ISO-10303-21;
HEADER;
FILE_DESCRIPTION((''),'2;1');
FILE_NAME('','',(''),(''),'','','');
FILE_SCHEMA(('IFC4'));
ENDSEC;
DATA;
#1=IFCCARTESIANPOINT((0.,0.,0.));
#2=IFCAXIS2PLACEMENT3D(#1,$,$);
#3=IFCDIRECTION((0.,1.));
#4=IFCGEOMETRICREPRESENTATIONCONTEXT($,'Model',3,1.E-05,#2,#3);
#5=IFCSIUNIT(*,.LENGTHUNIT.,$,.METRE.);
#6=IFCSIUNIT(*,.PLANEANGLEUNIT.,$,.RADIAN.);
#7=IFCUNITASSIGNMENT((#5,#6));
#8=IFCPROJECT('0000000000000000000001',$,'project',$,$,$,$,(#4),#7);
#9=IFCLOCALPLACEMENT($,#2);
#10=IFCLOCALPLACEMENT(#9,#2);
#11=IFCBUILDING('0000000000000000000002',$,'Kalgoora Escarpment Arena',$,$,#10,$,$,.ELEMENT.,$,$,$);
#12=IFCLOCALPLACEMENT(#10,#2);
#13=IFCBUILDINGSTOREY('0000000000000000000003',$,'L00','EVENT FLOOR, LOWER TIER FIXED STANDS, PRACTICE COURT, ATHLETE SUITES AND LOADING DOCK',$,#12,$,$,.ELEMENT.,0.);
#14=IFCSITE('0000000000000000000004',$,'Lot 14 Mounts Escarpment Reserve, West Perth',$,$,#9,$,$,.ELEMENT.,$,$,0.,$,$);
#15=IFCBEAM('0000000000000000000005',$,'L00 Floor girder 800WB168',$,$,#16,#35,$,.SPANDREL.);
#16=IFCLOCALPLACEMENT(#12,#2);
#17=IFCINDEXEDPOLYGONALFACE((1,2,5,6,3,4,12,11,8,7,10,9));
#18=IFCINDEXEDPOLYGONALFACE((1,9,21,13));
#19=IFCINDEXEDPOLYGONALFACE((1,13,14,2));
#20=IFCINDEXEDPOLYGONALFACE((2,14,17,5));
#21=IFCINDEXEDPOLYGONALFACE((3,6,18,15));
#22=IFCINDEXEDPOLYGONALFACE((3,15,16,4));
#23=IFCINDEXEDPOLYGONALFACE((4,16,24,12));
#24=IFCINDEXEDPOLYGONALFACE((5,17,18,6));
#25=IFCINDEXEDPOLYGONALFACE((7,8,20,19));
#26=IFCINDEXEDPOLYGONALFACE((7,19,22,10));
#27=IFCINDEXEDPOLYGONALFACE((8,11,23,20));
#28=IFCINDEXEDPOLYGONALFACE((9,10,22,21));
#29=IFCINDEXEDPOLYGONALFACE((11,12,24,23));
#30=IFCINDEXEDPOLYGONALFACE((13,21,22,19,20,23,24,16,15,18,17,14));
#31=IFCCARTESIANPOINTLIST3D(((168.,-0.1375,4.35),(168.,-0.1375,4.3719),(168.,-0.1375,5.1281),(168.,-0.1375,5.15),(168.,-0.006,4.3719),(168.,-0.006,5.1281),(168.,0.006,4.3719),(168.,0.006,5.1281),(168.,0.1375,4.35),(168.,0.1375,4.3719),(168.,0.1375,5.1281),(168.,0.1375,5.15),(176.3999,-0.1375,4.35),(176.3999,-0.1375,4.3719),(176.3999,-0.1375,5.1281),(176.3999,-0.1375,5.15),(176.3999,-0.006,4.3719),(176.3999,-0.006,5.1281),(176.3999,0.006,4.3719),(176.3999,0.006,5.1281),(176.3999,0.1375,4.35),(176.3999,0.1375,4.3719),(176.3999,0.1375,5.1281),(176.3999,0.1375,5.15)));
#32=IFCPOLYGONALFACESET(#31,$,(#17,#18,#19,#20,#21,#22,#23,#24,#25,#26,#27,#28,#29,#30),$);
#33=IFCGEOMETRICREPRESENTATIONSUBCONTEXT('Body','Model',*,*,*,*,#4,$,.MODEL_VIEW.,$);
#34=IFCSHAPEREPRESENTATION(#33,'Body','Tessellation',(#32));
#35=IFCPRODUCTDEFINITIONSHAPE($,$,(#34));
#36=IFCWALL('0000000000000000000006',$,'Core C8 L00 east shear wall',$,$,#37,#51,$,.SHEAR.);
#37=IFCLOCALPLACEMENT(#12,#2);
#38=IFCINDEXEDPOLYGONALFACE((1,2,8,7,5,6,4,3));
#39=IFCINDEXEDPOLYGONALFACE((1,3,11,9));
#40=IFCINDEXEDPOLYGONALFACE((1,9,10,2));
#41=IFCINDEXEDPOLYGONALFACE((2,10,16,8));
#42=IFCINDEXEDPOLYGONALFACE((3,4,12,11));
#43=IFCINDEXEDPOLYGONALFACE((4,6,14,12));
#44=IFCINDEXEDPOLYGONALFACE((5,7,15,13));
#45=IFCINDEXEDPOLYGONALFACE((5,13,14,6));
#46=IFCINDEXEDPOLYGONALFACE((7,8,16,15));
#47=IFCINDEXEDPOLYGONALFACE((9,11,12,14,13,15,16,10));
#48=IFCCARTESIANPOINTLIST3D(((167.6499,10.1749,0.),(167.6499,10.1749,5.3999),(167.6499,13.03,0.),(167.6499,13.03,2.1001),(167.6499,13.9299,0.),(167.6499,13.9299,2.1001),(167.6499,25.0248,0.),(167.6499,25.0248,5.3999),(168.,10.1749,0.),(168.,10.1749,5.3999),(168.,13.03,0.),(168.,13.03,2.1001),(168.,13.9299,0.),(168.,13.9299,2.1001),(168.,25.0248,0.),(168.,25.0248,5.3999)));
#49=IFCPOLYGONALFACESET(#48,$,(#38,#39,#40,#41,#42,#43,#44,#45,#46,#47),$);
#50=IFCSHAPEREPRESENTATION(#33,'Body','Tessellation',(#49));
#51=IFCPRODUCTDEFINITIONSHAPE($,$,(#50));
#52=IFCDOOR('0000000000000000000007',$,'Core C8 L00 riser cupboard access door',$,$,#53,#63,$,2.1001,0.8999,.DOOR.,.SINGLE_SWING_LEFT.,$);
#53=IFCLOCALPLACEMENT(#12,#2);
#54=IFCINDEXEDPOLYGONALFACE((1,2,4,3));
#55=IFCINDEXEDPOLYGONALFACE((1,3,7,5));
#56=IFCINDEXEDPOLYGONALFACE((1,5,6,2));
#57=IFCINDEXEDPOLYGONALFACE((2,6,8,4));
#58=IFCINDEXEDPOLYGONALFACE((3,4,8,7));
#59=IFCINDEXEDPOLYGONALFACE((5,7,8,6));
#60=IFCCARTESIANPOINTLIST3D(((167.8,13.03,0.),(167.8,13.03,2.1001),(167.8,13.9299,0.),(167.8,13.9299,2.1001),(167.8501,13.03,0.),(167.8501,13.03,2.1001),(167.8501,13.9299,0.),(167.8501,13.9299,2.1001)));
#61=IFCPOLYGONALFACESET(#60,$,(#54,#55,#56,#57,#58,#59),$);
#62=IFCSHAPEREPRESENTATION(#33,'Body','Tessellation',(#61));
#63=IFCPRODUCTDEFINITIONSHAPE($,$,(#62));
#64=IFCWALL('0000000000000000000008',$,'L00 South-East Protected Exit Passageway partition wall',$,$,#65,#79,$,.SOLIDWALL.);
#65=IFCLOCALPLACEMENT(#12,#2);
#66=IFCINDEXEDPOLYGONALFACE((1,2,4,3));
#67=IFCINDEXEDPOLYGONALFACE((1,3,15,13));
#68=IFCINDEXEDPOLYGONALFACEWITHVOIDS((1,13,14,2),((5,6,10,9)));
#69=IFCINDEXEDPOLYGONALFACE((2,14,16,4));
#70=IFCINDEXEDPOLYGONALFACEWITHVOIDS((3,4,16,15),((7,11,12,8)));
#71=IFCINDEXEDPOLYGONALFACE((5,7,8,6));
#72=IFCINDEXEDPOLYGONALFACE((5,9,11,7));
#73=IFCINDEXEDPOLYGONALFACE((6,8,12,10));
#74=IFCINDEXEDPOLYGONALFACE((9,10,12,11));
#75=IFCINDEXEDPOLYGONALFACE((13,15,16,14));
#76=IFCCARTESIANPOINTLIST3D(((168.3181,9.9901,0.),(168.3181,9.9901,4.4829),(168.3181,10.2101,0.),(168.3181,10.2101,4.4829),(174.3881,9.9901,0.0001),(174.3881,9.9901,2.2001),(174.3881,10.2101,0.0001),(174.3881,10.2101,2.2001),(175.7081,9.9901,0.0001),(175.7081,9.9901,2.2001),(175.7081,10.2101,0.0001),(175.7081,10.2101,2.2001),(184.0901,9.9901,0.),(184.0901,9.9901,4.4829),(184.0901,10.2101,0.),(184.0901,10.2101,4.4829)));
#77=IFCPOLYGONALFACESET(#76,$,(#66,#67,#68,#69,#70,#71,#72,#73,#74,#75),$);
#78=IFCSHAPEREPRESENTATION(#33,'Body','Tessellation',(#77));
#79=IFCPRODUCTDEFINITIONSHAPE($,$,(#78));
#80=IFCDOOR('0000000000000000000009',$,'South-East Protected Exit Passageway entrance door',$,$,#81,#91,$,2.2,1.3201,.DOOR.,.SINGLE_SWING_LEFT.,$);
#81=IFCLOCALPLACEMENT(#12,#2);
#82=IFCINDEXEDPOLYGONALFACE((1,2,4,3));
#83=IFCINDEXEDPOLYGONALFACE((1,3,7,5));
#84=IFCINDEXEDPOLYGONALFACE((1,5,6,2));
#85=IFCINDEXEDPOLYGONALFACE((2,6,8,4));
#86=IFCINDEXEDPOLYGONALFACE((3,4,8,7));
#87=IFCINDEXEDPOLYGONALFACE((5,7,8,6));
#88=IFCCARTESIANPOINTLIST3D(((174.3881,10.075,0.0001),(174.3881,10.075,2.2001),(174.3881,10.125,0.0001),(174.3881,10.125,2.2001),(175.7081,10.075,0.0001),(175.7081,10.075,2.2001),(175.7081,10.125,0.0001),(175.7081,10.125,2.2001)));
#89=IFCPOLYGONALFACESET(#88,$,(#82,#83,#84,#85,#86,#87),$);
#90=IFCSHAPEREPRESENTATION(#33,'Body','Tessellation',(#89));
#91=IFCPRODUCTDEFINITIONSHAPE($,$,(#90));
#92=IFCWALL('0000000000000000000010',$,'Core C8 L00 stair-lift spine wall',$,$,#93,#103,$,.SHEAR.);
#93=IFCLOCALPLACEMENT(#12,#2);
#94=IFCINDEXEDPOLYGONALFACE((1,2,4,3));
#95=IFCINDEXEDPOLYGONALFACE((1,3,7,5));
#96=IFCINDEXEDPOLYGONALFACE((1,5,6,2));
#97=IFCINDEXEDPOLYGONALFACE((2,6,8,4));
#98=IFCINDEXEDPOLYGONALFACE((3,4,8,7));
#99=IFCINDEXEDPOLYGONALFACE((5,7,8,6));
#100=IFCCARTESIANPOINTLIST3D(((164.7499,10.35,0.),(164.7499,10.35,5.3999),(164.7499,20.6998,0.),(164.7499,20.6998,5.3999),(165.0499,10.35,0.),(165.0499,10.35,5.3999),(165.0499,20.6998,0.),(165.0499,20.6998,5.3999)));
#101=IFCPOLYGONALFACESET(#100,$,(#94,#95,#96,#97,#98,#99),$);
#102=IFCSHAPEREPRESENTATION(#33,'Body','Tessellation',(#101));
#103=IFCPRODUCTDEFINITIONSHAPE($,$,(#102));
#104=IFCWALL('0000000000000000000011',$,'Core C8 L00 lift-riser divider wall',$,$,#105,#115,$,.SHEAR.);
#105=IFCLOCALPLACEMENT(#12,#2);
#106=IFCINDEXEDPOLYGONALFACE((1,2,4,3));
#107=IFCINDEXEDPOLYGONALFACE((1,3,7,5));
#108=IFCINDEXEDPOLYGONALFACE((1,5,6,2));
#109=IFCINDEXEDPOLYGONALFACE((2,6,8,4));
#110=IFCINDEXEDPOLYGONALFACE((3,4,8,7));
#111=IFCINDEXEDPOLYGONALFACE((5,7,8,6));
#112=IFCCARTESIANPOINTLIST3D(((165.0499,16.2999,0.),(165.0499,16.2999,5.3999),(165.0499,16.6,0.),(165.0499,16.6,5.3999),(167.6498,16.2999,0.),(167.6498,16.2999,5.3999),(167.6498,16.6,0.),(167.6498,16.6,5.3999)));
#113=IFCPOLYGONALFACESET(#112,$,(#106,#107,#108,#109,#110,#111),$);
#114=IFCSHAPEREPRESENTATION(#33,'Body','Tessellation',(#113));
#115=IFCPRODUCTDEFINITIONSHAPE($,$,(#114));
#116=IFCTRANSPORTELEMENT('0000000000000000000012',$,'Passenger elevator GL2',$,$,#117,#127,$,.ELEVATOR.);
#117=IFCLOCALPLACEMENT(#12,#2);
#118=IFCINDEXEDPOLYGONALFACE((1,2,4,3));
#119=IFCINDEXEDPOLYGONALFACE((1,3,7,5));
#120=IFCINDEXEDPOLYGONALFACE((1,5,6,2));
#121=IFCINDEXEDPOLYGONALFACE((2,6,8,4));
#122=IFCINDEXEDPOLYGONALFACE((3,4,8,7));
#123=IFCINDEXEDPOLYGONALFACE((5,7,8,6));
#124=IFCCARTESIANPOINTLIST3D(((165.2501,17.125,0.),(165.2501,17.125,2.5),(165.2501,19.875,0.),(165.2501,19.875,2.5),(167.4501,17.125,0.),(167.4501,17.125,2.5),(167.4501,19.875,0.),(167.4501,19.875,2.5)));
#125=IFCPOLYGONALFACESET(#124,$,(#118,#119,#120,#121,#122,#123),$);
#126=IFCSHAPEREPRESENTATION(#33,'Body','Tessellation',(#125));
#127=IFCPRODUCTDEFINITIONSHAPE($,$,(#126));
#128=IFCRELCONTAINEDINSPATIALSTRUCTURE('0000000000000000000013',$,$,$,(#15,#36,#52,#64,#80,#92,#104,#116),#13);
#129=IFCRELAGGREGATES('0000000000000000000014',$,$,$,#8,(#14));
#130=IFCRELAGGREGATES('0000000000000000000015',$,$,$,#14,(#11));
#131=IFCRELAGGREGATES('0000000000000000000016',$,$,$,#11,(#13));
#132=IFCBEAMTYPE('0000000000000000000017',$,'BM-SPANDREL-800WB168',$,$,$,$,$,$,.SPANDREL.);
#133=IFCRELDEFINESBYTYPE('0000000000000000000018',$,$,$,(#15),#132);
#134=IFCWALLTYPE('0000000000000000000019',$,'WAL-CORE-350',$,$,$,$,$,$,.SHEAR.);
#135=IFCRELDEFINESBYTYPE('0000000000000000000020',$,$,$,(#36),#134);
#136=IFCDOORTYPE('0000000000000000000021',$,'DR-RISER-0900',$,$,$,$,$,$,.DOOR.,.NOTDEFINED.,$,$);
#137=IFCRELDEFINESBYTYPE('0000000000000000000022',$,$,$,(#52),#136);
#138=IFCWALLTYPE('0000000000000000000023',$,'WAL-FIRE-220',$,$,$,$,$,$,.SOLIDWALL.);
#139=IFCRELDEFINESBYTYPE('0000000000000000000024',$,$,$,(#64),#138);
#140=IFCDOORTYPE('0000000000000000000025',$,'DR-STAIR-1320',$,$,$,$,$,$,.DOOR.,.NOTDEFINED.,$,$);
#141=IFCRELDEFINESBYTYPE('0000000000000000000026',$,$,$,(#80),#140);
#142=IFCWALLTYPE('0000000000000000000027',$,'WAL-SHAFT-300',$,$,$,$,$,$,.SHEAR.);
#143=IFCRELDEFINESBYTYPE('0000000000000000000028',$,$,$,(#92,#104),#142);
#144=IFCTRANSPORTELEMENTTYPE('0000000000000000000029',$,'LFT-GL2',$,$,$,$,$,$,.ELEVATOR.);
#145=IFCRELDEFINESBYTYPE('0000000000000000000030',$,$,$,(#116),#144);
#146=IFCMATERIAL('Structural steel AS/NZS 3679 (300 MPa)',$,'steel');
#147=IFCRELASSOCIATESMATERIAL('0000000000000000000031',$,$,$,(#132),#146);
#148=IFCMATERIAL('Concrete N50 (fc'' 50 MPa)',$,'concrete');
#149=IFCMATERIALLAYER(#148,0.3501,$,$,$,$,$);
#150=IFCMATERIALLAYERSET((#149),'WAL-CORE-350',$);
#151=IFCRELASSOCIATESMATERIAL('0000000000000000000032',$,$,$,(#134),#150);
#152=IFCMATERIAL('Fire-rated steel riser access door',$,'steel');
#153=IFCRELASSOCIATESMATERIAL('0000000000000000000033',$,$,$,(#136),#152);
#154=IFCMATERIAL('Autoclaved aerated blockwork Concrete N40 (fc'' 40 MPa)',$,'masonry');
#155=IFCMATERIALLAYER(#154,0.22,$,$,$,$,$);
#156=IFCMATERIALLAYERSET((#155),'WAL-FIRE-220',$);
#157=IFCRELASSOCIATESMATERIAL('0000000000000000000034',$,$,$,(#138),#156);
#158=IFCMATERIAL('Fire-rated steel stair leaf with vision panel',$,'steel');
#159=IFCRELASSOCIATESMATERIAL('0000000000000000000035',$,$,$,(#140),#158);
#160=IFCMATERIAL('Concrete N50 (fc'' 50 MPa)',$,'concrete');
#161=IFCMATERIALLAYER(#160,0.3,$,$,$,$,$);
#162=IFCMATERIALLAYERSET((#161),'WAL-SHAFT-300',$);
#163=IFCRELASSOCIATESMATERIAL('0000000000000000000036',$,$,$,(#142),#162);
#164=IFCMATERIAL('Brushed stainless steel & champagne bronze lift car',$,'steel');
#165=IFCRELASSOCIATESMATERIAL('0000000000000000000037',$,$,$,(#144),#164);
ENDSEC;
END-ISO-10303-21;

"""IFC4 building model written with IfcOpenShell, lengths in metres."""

from ifc_helpers import new_model, si_unit, direction, frame, frame_2d, origin, origin_2d, place, context, subcontext, project, spatial, rectangle, i_section, extrude, material, layer, layer_set, material_profile, profile_set, type_object, element, fill, save


model = new_model("IFC4")

# Units and contexts
model_context = context("Model", 3, precision=1e-05, world=origin(), true_north=direction((0.0, 1.0)))
body_context = subcontext(model_context, "Body", "Model", "MODEL_VIEW")
ifc_project = project(units=[si_unit("LENGTHUNIT", "METRE"), si_unit("PLANEANGLEUNIT", "RADIAN")], contexts=[model_context])

# Site, building, storey
site_placement = place(None, origin())
site = spatial("IfcSite", under=ifc_project, at=site_placement, Name="Lot 14 Mounts Escarpment Reserve, West Perth", CompositionType="ELEMENT", RefElevation=0.0)
building_placement = place(site_placement, origin())
building = spatial("IfcBuilding", under=site, at=building_placement, Name="Kalgoora Escarpment Arena", CompositionType="ELEMENT")
storey_placement = place(building_placement, origin())
storey = spatial("IfcBuildingStorey", under=building, at=storey_placement, Name="L00", Description="EVENT FLOOR, LOWER TIER FIXED STANDS, PRACTICE COURT, ATHLETE SUITES AND LOADING DOCK", CompositionType="ELEMENT", Elevation=0.0)

# Beam
ifc_material_1 = material(Name="Structural steel AS/NZS 3679 (300 MPa)", Category="steel")
ifc_material_profile_1 = material_profile(ifc_material_1, i_section(OverallWidth=0.2749, OverallDepth=0.8, WebThickness=0.012, FlangeThickness=0.022, at=origin_2d()))
ifc_profile_set_1 = profile_set([ifc_material_profile_1], Name="Structural steel AS/NZS 3679 (300 MPa)")
beam_type_1 = type_object("IfcBeamType", Name="BM-SPANDREL-800WB168", PredefinedType="SPANDREL", material=ifc_profile_set_1)
beam_1_placement = place(storey_placement, frame((168.0, 0.0, 4.75), z_axis=(1.0, 0.0, 0.0), x_axis=(0.0, 1.0, 0.0)))
element("IfcBeam", 1, at=beam_1_placement, inside=storey, type_object=beam_type_1, Name="L00 Floor girder 800WB168", PredefinedType="SPANDREL", context=body_context, shape_type="SweptSolid", body=[
    extrude(i_section(OverallWidth=0.2749, OverallDepth=0.8, WebThickness=0.012, FlangeThickness=0.022, at=origin_2d()), origin(), (0.0, 0.0, 1.0), 8.3999),
])

# Walls, openings, doors
ifc_material_2 = material(Name="Concrete N50 (fc' 50 MPa)", Category="concrete")
ifc_layer_1 = layer(ifc_material_2, 0.3501)
ifc_layer_set_1 = layer_set([ifc_layer_1], Name="WAL-CORE-350")
wall_type_1 = type_object("IfcWallType", Name="WAL-CORE-350", PredefinedType="SHEAR", material=ifc_layer_set_1)
wall_1_placement = place(storey_placement, frame((167.825, 10.175, 0.0), z_axis=(0.0, 0.0, 1.0), x_axis=(0.0, 1.0, 0.0)))
wall_1 = element("IfcWall", 2, at=wall_1_placement, inside=storey, type_object=wall_type_1, Name="Core C8 L00 east shear wall", PredefinedType="SHEAR", context=body_context, shape_type="SweptSolid", body=[
    extrude(rectangle(XDim=14.8499, YDim=0.3501, at=frame_2d((7.4248, 0.0))), origin(), (0.0, 0.0, 1.0), 5.3999),
])
opening_1_placement = place(wall_1_placement, frame((2.855, 0.0, 0.0)))
opening_1 = element("IfcOpeningElement", 3, at=opening_1_placement, cuts=wall_1, PredefinedType="OPENING", context=body_context, shape_type="SweptSolid", body=[
    extrude(rectangle(XDim=0.8999, YDim=2.1001, at=frame_2d((0.45, 1.05))), frame((0.0, 0.1851, 0.0), z_axis=(0.0, -1.0, 0.0), x_axis=(1.0, 0.0, 0.0)), (0.0, 0.0, 1.0), 0.3701),
])
ifc_material_3 = material(Name="Fire-rated steel riser access door", Category="steel")
door_type_1 = type_object("IfcDoorType", Name="DR-RISER-0900", OperationType="NOTDEFINED", PredefinedType="DOOR", material=ifc_material_3)
door_1_placement = place(opening_1_placement, origin())
door_1 = element("IfcDoor", 4, at=door_1_placement, inside=storey, type_object=door_type_1, Name="Core C8 L00 riser cupboard access door", OperationType="SINGLE_SWING_LEFT", OverallHeight=2.1001, OverallWidth=0.8999, PredefinedType="DOOR", context=body_context, shape_type="SweptSolid", body=[
    extrude(rectangle(XDim=0.8999, YDim=2.1001, at=frame_2d((0.45, 1.05))), frame((0.0, 0.0249, 0.0), z_axis=(0.0, -1.0, 0.0), x_axis=(1.0, 0.0, 0.0)), (0.0, 0.0, 1.0), 0.05),
])
fill(opening_1, door_1)
ifc_material_4 = material(Name="Autoclaved aerated blockwork Concrete N40 (fc' 40 MPa)", Category="masonry")
ifc_layer_2 = layer(ifc_material_4, 0.22)
ifc_layer_set_2 = layer_set([ifc_layer_2], Name="WAL-FIRE-220")
wall_type_2 = type_object("IfcWallType", Name="WAL-FIRE-220", PredefinedType="SOLIDWALL", material=ifc_layer_set_2)
wall_2_placement = place(storey_placement, frame((168.3181, 10.1001, 0.0), z_axis=(0.0, 0.0, 1.0), x_axis=(1.0, 0.0, 0.0)))
wall_2 = element("IfcWall", 5, at=wall_2_placement, inside=storey, type_object=wall_type_2, Name="L00 South-East Protected Exit Passageway partition wall", PredefinedType="SOLIDWALL", context=body_context, shape_type="SweptSolid", body=[
    extrude(rectangle(XDim=15.772, YDim=0.22, at=frame_2d((7.886, 0.0))), origin(), (0.0, 0.0, 1.0), 4.4829),
])
opening_2_placement = place(wall_2_placement, frame((6.0698, 0.0, 0.0)))
opening_2 = element("IfcOpeningElement", 6, at=opening_2_placement, cuts=wall_2, PredefinedType="OPENING", context=body_context, shape_type="SweptSolid", body=[
    extrude(rectangle(XDim=1.3201, YDim=2.2, at=frame_2d((0.6602, 1.1001))), frame((0.0, 0.1199, 0.0), z_axis=(0.0, -1.0, 0.0), x_axis=(1.0, 0.0, 0.0)), (0.0, 0.0, 1.0), 0.24),
])
ifc_material_5 = material(Name="Fire-rated steel stair leaf with vision panel", Category="steel")
door_type_2 = type_object("IfcDoorType", Name="DR-STAIR-1320", OperationType="NOTDEFINED", PredefinedType="DOOR", material=ifc_material_5)
door_2_placement = place(opening_2_placement, origin())
door_2 = element("IfcDoor", 7, at=door_2_placement, inside=storey, type_object=door_type_2, Name="South-East Protected Exit Passageway entrance door", OperationType="SINGLE_SWING_LEFT", OverallHeight=2.2, OverallWidth=1.3201, PredefinedType="DOOR", context=body_context, shape_type="SweptSolid", body=[
    extrude(rectangle(XDim=1.3201, YDim=2.2, at=frame_2d((0.6602, 1.1001))), frame((0.0, 0.0249, 0.0), z_axis=(0.0, -1.0, 0.0), x_axis=(1.0, 0.0, 0.0)), (0.0, 0.0, 1.0), 0.05),
])
fill(opening_2, door_2)

# Walls
ifc_material_6 = material(Name="Concrete N50 (fc' 50 MPa)", Category="concrete")
ifc_layer_3 = layer(ifc_material_6, 0.3)
ifc_layer_set_3 = layer_set([ifc_layer_3], Name="WAL-SHAFT-300")
wall_type_3 = type_object("IfcWallType", Name="WAL-SHAFT-300", PredefinedType="SHEAR", material=ifc_layer_set_3)
wall_3_placement = place(storey_placement, frame((164.8999, 10.3501, 0.0), z_axis=(0.0, 0.0, 1.0), x_axis=(0.0, 1.0, 0.0)))
element("IfcWall", 8, at=wall_3_placement, inside=storey, type_object=wall_type_3, Name="Core C8 L00 stair-lift spine wall", PredefinedType="SHEAR", context=body_context, shape_type="SweptSolid", body=[
    extrude(rectangle(XDim=10.3499, YDim=0.3, at=frame_2d((5.1748, 0.0))), origin(), (0.0, 0.0, 1.0), 5.3999),
])
wall_4_placement = place(storey_placement, frame((165.05, 16.45, 0.0), z_axis=(0.0, 0.0, 1.0), x_axis=(1.0, 0.0, 0.0)))
element("IfcWall", 9, at=wall_4_placement, inside=storey, type_object=wall_type_3, Name="Core C8 L00 lift-riser divider wall", PredefinedType="SHEAR", context=body_context, shape_type="SweptSolid", body=[
    extrude(rectangle(XDim=2.5999, YDim=0.3, at=frame_2d((1.2998, 0.0))), origin(), (0.0, 0.0, 1.0), 5.3999),
])

# Transport element
ifc_material_7 = material(Name="Brushed stainless steel & champagne bronze lift car", Category="steel")
transport_element_type = type_object("IfcTransportElementType", Name="LFT-GL2", PredefinedType="ELEVATOR", material=ifc_material_7)
transport_element_placement = place(storey_placement, frame((166.3501, 18.5, 0.0), z_axis=(0.0, 0.0, 1.0), x_axis=(1.0, 0.0, 0.0)))
element("IfcTransportElement", 10, at=transport_element_placement, inside=storey, type_object=transport_element_type, Name="Passenger elevator GL2", PredefinedType="ELEVATOR", context=body_context, shape_type="SweptSolid", body=[
    extrude(rectangle(XDim=2.2, YDim=2.75, at=origin_2d()), origin(), (0.0, 0.0, 1.0), 2.5),
])

save(model, "model.ifc")
